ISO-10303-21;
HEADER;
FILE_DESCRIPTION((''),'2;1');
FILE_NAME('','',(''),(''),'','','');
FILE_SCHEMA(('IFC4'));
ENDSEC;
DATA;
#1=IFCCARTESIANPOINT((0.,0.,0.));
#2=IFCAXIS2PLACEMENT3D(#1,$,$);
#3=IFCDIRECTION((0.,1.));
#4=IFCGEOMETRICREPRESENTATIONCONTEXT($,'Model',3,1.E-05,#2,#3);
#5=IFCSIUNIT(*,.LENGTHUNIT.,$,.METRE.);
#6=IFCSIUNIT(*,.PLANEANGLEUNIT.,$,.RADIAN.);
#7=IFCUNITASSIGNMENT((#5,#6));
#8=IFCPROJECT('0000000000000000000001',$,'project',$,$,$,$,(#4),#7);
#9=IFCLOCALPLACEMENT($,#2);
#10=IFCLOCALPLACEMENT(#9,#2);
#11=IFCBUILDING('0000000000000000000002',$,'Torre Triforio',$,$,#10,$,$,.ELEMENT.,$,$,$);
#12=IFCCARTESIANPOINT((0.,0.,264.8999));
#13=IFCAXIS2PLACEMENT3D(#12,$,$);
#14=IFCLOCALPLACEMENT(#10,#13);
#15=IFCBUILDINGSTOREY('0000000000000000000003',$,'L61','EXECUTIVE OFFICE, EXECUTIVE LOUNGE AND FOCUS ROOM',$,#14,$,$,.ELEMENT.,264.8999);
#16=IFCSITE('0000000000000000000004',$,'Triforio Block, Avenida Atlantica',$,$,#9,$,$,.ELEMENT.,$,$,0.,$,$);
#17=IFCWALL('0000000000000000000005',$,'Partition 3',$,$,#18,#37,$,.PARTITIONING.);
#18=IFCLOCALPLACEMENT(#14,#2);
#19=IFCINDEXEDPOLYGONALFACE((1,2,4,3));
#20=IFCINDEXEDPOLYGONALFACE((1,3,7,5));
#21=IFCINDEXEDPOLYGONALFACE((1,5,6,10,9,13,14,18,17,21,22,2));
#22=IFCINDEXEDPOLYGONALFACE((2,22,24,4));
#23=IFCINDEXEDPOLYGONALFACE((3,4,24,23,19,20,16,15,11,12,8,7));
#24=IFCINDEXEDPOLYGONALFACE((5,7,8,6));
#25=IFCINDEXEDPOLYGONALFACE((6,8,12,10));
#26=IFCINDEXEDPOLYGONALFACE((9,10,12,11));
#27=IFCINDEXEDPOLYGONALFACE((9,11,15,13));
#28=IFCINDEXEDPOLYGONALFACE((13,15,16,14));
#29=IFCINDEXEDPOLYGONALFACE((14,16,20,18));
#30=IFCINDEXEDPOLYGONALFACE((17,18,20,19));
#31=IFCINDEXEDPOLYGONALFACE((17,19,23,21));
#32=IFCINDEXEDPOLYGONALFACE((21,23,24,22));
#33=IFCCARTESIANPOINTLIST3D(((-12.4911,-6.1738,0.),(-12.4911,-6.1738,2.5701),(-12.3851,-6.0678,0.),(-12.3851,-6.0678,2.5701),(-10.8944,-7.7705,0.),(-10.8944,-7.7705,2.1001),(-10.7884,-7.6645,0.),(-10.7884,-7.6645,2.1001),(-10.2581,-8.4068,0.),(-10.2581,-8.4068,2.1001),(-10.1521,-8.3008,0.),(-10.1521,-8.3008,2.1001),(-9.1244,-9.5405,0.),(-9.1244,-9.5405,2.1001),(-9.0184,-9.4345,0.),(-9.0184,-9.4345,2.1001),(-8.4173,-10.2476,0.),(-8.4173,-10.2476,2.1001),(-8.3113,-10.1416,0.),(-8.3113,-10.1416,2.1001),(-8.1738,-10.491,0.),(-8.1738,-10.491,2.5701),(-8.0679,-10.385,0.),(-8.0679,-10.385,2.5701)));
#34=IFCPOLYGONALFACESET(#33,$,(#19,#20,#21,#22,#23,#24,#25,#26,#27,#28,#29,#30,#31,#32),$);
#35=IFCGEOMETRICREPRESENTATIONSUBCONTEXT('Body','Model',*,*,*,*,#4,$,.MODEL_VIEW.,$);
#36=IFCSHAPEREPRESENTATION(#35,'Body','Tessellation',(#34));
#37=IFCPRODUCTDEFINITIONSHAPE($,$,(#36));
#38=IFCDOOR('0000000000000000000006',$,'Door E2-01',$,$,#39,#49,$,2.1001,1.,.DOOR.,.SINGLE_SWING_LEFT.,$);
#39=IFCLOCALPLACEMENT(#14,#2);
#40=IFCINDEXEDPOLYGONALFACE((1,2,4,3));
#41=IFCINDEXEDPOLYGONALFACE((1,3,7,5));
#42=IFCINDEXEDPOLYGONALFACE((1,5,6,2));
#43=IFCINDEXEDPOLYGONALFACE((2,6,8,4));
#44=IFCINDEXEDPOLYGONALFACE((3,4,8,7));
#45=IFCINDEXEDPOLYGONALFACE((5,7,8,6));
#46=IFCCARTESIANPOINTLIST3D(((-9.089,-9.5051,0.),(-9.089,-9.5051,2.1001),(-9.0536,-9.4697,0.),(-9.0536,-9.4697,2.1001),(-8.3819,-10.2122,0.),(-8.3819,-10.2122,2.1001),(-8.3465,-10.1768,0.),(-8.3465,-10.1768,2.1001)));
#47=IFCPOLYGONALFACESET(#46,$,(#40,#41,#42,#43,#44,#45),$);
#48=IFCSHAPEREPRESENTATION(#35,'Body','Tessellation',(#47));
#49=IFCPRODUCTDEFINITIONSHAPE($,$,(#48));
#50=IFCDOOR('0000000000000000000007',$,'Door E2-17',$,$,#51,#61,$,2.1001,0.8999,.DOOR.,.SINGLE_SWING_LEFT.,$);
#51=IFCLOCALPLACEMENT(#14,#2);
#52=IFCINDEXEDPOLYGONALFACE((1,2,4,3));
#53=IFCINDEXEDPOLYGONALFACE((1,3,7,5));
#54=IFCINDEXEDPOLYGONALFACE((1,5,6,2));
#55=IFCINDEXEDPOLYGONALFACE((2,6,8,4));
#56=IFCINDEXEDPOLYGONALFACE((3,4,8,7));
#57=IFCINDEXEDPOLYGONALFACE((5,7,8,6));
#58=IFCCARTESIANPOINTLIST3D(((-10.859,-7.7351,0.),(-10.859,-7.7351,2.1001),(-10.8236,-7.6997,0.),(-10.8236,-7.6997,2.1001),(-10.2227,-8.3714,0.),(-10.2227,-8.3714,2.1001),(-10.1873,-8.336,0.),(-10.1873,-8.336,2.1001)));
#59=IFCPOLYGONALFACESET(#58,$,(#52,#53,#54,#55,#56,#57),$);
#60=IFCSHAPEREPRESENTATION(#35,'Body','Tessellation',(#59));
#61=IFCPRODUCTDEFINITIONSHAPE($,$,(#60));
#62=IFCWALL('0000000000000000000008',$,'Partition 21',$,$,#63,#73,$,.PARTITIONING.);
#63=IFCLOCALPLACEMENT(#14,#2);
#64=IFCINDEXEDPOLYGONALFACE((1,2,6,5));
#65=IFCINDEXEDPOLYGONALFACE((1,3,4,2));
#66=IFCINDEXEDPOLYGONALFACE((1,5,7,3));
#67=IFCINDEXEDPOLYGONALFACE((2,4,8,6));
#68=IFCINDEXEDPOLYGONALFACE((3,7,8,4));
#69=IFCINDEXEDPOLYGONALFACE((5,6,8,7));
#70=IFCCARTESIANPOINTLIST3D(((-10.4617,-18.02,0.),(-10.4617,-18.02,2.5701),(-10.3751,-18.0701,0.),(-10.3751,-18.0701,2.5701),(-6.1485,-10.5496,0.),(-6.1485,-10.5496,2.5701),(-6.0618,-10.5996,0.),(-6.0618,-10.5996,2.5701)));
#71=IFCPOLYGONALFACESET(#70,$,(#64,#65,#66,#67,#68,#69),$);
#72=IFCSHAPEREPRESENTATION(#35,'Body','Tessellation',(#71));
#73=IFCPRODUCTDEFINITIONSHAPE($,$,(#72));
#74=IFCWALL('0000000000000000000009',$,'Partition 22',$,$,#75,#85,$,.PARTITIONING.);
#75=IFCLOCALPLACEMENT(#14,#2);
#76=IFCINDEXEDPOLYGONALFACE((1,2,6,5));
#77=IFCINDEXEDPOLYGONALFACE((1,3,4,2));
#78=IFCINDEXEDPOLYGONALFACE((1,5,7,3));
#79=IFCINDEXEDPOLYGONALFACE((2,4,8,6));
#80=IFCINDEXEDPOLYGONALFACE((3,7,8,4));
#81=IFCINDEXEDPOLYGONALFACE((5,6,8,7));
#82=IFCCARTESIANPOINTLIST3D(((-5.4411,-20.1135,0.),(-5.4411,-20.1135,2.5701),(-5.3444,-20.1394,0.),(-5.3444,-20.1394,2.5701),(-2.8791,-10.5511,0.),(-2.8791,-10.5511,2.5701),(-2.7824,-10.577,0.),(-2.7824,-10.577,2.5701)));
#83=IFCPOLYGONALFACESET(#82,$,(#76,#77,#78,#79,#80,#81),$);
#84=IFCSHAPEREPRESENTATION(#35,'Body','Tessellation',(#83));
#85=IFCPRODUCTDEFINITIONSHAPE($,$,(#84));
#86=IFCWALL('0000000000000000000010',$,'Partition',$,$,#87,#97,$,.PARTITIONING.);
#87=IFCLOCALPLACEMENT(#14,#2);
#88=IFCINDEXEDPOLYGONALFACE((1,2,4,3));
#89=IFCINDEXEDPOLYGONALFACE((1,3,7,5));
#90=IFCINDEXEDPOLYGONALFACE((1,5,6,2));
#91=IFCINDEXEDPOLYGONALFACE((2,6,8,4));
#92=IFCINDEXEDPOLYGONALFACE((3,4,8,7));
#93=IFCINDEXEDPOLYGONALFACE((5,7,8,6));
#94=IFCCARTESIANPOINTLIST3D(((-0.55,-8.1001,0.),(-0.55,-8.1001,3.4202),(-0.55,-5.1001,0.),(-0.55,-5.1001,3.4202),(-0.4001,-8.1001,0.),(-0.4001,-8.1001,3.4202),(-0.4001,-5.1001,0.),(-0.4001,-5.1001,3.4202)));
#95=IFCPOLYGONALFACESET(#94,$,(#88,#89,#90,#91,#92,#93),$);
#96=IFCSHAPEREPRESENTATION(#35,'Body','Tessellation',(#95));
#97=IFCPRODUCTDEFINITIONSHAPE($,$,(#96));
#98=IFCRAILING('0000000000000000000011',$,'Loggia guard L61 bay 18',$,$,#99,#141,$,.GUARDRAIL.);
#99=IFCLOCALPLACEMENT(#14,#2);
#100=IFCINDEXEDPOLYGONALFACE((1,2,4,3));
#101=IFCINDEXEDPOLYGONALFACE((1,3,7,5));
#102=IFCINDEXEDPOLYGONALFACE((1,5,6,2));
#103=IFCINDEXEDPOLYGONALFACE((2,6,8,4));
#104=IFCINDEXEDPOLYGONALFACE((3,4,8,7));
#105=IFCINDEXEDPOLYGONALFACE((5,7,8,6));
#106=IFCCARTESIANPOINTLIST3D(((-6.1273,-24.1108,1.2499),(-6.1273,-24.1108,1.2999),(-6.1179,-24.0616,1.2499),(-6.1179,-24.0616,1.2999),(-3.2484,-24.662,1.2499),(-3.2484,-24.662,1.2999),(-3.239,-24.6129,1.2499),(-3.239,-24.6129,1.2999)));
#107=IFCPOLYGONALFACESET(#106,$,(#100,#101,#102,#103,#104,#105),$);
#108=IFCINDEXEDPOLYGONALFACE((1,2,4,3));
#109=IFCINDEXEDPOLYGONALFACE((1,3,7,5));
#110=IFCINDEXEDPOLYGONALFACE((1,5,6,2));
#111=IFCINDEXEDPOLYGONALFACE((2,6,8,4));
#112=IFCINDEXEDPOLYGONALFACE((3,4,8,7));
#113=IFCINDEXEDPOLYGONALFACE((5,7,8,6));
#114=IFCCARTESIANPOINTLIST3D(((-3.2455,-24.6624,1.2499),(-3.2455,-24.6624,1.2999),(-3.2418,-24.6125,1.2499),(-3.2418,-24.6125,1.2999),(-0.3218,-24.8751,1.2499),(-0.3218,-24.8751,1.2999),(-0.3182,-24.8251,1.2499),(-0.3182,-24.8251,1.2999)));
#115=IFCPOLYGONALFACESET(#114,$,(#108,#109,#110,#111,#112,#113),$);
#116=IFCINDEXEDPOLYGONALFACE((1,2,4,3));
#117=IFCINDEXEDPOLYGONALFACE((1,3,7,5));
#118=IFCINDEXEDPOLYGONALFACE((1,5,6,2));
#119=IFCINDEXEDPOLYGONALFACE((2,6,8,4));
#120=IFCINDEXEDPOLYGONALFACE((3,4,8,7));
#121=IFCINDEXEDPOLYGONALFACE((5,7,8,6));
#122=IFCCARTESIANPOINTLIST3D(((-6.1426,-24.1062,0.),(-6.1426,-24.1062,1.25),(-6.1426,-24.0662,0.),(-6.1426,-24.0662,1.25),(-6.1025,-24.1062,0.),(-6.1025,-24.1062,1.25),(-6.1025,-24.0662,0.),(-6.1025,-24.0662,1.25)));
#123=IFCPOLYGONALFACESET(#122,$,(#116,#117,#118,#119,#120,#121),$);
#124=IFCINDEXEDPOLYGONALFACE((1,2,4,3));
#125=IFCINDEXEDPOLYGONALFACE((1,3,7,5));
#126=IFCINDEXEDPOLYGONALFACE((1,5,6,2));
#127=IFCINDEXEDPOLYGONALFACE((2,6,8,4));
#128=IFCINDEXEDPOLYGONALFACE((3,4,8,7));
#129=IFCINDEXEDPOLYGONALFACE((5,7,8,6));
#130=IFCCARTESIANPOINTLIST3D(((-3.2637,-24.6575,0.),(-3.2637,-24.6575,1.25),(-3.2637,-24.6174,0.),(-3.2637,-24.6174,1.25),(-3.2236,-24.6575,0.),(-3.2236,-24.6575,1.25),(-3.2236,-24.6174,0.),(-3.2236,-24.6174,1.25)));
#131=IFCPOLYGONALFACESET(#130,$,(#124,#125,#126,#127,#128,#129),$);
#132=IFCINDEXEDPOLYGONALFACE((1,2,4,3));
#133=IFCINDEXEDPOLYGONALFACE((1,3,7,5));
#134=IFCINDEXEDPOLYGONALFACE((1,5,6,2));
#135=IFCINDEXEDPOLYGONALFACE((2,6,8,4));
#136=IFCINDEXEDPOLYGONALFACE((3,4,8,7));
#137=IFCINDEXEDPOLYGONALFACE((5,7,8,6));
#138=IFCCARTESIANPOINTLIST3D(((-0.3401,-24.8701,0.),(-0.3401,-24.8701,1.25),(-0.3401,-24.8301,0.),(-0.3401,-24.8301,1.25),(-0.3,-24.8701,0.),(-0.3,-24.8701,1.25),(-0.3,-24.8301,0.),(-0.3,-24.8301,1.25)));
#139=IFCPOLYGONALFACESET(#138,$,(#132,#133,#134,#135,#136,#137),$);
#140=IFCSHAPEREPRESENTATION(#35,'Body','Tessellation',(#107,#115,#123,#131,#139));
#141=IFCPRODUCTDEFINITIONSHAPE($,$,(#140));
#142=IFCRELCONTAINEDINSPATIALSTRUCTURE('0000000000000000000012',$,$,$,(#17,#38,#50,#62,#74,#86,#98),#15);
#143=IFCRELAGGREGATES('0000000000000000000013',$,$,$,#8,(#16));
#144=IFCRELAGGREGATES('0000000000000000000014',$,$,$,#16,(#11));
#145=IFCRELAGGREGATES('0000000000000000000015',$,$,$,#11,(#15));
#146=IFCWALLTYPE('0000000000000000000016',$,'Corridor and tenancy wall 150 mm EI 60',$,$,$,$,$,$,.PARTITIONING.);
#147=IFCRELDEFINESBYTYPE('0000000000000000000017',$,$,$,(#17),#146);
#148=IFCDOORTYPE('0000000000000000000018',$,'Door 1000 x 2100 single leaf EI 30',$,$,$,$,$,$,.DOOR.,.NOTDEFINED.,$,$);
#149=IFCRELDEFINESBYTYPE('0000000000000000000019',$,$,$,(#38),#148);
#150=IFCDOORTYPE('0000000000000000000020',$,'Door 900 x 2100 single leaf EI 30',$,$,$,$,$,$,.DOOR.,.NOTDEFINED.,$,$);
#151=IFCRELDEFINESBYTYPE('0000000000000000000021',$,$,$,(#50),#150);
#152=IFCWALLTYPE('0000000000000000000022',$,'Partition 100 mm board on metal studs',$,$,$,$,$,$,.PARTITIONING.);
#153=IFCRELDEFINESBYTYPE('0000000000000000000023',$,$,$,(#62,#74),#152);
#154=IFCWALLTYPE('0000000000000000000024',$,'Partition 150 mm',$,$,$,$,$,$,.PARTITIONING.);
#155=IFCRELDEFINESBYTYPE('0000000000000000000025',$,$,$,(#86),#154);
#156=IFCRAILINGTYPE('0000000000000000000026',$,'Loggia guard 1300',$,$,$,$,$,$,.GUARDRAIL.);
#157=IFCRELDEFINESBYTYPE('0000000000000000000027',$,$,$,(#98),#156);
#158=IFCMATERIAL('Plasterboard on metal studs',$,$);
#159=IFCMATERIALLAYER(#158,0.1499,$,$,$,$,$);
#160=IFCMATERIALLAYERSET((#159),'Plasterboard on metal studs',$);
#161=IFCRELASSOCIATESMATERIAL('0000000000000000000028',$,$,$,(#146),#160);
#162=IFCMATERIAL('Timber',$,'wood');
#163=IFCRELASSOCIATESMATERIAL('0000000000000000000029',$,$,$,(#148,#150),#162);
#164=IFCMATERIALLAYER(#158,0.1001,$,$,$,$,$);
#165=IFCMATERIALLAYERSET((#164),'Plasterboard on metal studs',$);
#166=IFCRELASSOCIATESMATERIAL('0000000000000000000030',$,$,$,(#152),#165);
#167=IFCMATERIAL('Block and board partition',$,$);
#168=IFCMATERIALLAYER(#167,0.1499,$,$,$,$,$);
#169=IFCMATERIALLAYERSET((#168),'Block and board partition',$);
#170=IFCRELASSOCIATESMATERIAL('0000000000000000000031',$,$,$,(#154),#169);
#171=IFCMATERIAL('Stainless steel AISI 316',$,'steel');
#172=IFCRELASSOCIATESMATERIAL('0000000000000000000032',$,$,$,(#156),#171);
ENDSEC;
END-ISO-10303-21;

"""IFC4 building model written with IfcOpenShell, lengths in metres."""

from ifc_helpers import new_model, si_unit, direction, frame, frame_2d, origin, origin_2d, place, context, subcontext, project, spatial, rectangle, extrude, material, layer, layer_set, type_object, element, fill, save


model = new_model("IFC4")

# Units and contexts
model_context = context("Model", 3, precision=1e-05, world=origin(), true_north=direction((0.0, 1.0)))
body_context = subcontext(model_context, "Body", "Model", "MODEL_VIEW")
ifc_project = project(units=[si_unit("LENGTHUNIT", "METRE"), si_unit("PLANEANGLEUNIT", "RADIAN")], contexts=[model_context])

# Site, building, storey
site_placement = place(None, origin())
site = spatial("IfcSite", under=ifc_project, at=site_placement, Name="Triforio Block, Avenida Atlantica", CompositionType="ELEMENT", RefElevation=0.0)
building_placement = place(site_placement, origin())
building = spatial("IfcBuilding", under=site, at=building_placement, Name="Torre Triforio", CompositionType="ELEMENT")
storey_placement = place(building_placement, frame((0.0, 0.0, 264.8999)))
storey = spatial("IfcBuildingStorey", under=building, at=storey_placement, Name="L61", Description="EXECUTIVE OFFICE, EXECUTIVE LOUNGE AND FOCUS ROOM", CompositionType="ELEMENT", Elevation=264.8999)

# Wall, openings, doors
ifc_material_1 = material(Name="Plasterboard on metal studs")
ifc_layer_1 = layer(ifc_material_1, 0.1499)
ifc_layer_set_1 = layer_set([ifc_layer_1], Name="Plasterboard on metal studs")
wall_type_1 = type_object("IfcWallType", Name="Corridor and tenancy wall 150 mm EI 60", PredefinedType="PARTITIONING", material=ifc_layer_set_1)
wall_1_placement = place(storey_placement, frame((-8.1208, -10.438, 0.0), z_axis=(0.0, 0.0, 1.0), x_axis=(-0.707107, 0.707107, 0.0)))
wall_1 = element("IfcWall", 1, at=wall_1_placement, inside=storey, type_object=wall_type_1, Name="Partition 3", PredefinedType="PARTITIONING", context=body_context, shape_type="SweptSolid", body=[
    extrude(rectangle(XDim=6.1055, YDim=0.1499, at=frame_2d((3.0527, 0.0))), origin(), (0.0, 0.0, 1.0), 2.5701),
])
opening_1_placement = place(wall_1_placement, frame((0.3442, 0.0, 0.0)))
opening_1 = element("IfcOpeningElement", 2, at=opening_1_placement, cuts=wall_1, PredefinedType="OPENING", context=body_context, shape_type="SweptSolid", body=[
    extrude(rectangle(XDim=1.0, YDim=2.1001, at=frame_2d((0.5, 1.05))), frame((0.0, 0.085, 0.0), z_axis=(0.0, -1.0, 0.0), x_axis=(1.0, 0.0, 0.0)), (0.0, 0.0, 1.0), 0.1699),
])
opening_2_placement = place(wall_1_placement, frame((2.9475, 0.0, 0.0)))
opening_2 = element("IfcOpeningElement", 3, at=opening_2_placement, cuts=wall_1, PredefinedType="OPENING", context=body_context, shape_type="SweptSolid", body=[
    extrude(rectangle(XDim=0.8999, YDim=2.1001, at=frame_2d((0.45, 1.05))), frame((0.0, 0.085, 0.0), z_axis=(0.0, -1.0, 0.0), x_axis=(1.0, 0.0, 0.0)), (0.0, 0.0, 1.0), 0.1699),
])
ifc_material_2 = material(Name="Timber", Category="wood")
door_type_1 = type_object("IfcDoorType", Name="Door 1000 x 2100 single leaf EI 30", OperationType="NOTDEFINED", PredefinedType="DOOR", material=ifc_material_2)
door_1_placement = place(opening_1_placement, origin())
door_1 = element("IfcDoor", 4, at=door_1_placement, inside=storey, type_object=door_type_1, Name="Door E2-01", OperationType="SINGLE_SWING_LEFT", OverallHeight=2.1001, OverallWidth=1.0, PredefinedType="DOOR", context=body_context, shape_type="SweptSolid", body=[
    extrude(rectangle(XDim=1.0, YDim=2.1001, at=frame_2d((0.5, 1.05))), frame((0.0, 0.0249, 0.0), z_axis=(0.0, -1.0, 0.0), x_axis=(1.0, 0.0, 0.0)), (0.0, 0.0, 1.0), 0.05),
])
fill(opening_1, door_1)
door_type_2 = type_object("IfcDoorType", Name="Door 900 x 2100 single leaf EI 30", OperationType="NOTDEFINED", PredefinedType="DOOR", material=ifc_material_2)
door_2_placement = place(opening_2_placement, origin())
door_2 = element("IfcDoor", 5, at=door_2_placement, inside=storey, type_object=door_type_2, Name="Door E2-17", OperationType="SINGLE_SWING_LEFT", OverallHeight=2.1001, OverallWidth=0.8999, PredefinedType="DOOR", context=body_context, shape_type="SweptSolid", body=[
    extrude(rectangle(XDim=0.8999, YDim=2.1001, at=frame_2d((0.45, 1.05))), frame((0.0, 0.0249, 0.0), z_axis=(0.0, -1.0, 0.0), x_axis=(1.0, 0.0, 0.0)), (0.0, 0.0, 1.0), 0.05),
])
fill(opening_2, door_2)

# Walls
ifc_layer_2 = layer(ifc_material_1, 0.1001)
ifc_layer_set_2 = layer_set([ifc_layer_2], Name="Plasterboard on metal studs")
wall_type_2 = type_object("IfcWallType", Name="Partition 100 mm board on metal studs", PredefinedType="PARTITIONING", material=ifc_layer_set_2)
wall_2_placement = place(storey_placement, frame((-6.1052, -10.5747, 0.0), z_axis=(0.0, 0.0, 1.0), x_axis=(-0.500014, -0.866017, 0.0)))
element("IfcWall", 6, at=wall_2_placement, inside=storey, type_object=wall_type_2, Name="Partition 21", PredefinedType="PARTITIONING", context=body_context, shape_type="SweptSolid", body=[
    extrude(rectangle(XDim=8.6262, YDim=0.1001, at=frame_2d((4.313, 0.0))), origin(), (0.0, 0.0, 1.0), 2.5701),
])
wall_3_placement = place(storey_placement, frame((-2.8308, -10.5642, 0.0), z_axis=(0.0, 0.0, 1.0), x_axis=(-0.258795, -0.965932, 0.0)))
element("IfcWall", 7, at=wall_3_placement, inside=storey, type_object=wall_type_2, Name="Partition 22", PredefinedType="PARTITIONING", context=body_context, shape_type="SweptSolid", body=[
    extrude(rectangle(XDim=9.8997, YDim=0.1001, at=frame_2d((4.9497, 0.0))), origin(), (0.0, 0.0, 1.0), 2.5701),
])
ifc_material_3 = material(Name="Block and board partition")
ifc_layer_3 = layer(ifc_material_3, 0.1499)
ifc_layer_set_3 = layer_set([ifc_layer_3], Name="Block and board partition")
wall_type_3 = type_object("IfcWallType", Name="Partition 150 mm", PredefinedType="PARTITIONING", material=ifc_layer_set_3)
wall_4_placement = place(storey_placement, frame((-0.4751, -8.1001, 0.0), z_axis=(0.0, 0.0, 1.0), x_axis=(0.0, 1.0, 0.0)))
element("IfcWall", 8, at=wall_4_placement, inside=storey, type_object=wall_type_3, Name="Partition", PredefinedType="PARTITIONING", context=body_context, shape_type="SweptSolid", body=[
    extrude(rectangle(XDim=3.0, YDim=0.1499, at=frame_2d((1.5, 0.0))), origin(), (0.0, 0.0, 1.0), 3.4202),
])

# Railing
ifc_material_4 = material(Name="Stainless steel AISI 316", Category="steel")
railing_type = type_object("IfcRailingType", Name="Loggia guard 1300", PredefinedType="GUARDRAIL", material=ifc_material_4)
railing_placement = place(storey_placement, frame((-6.1226, -24.0862, 0.0)))
element("IfcRailing", 9, at=railing_placement, inside=storey, type_object=railing_type, Name="Loggia guard L61 bay 18", PredefinedType="GUARDRAIL", context=body_context, shape_type="SweptSolid", body=[
    extrude(rectangle(XDim=0.05, YDim=0.05, at=origin_2d()), frame((0.0, 0.0, 1.2749), z_axis=(0.982156, -0.188069, 0.0), x_axis=(0.188069, 0.982156, 0.0)), (0.0, 0.0, 1.0), 2.9312),
    extrude(rectangle(XDim=0.05, YDim=0.05, at=origin_2d()), frame((2.8789, -0.5513, 1.2749), z_axis=(0.997365, -0.072543, 0.0), x_axis=(0.072543, 0.997365, 0.0)), (0.0, 0.0, 1.0), 2.9314),
    extrude(rectangle(XDim=0.04, YDim=0.04, at=origin_2d()), origin(), (0.0, 0.0, 1.0), 1.25),
    extrude(rectangle(XDim=0.04, YDim=0.04, at=origin_2d()), frame((2.8789, -0.5513, 0.0)), (0.0, 0.0, 1.0), 1.25),
    extrude(rectangle(XDim=0.04, YDim=0.04, at=origin_2d()), frame((5.8025, -0.7639, 0.0)), (0.0, 0.0, 1.0), 1.25),
])

save(model, "model.ifc")
